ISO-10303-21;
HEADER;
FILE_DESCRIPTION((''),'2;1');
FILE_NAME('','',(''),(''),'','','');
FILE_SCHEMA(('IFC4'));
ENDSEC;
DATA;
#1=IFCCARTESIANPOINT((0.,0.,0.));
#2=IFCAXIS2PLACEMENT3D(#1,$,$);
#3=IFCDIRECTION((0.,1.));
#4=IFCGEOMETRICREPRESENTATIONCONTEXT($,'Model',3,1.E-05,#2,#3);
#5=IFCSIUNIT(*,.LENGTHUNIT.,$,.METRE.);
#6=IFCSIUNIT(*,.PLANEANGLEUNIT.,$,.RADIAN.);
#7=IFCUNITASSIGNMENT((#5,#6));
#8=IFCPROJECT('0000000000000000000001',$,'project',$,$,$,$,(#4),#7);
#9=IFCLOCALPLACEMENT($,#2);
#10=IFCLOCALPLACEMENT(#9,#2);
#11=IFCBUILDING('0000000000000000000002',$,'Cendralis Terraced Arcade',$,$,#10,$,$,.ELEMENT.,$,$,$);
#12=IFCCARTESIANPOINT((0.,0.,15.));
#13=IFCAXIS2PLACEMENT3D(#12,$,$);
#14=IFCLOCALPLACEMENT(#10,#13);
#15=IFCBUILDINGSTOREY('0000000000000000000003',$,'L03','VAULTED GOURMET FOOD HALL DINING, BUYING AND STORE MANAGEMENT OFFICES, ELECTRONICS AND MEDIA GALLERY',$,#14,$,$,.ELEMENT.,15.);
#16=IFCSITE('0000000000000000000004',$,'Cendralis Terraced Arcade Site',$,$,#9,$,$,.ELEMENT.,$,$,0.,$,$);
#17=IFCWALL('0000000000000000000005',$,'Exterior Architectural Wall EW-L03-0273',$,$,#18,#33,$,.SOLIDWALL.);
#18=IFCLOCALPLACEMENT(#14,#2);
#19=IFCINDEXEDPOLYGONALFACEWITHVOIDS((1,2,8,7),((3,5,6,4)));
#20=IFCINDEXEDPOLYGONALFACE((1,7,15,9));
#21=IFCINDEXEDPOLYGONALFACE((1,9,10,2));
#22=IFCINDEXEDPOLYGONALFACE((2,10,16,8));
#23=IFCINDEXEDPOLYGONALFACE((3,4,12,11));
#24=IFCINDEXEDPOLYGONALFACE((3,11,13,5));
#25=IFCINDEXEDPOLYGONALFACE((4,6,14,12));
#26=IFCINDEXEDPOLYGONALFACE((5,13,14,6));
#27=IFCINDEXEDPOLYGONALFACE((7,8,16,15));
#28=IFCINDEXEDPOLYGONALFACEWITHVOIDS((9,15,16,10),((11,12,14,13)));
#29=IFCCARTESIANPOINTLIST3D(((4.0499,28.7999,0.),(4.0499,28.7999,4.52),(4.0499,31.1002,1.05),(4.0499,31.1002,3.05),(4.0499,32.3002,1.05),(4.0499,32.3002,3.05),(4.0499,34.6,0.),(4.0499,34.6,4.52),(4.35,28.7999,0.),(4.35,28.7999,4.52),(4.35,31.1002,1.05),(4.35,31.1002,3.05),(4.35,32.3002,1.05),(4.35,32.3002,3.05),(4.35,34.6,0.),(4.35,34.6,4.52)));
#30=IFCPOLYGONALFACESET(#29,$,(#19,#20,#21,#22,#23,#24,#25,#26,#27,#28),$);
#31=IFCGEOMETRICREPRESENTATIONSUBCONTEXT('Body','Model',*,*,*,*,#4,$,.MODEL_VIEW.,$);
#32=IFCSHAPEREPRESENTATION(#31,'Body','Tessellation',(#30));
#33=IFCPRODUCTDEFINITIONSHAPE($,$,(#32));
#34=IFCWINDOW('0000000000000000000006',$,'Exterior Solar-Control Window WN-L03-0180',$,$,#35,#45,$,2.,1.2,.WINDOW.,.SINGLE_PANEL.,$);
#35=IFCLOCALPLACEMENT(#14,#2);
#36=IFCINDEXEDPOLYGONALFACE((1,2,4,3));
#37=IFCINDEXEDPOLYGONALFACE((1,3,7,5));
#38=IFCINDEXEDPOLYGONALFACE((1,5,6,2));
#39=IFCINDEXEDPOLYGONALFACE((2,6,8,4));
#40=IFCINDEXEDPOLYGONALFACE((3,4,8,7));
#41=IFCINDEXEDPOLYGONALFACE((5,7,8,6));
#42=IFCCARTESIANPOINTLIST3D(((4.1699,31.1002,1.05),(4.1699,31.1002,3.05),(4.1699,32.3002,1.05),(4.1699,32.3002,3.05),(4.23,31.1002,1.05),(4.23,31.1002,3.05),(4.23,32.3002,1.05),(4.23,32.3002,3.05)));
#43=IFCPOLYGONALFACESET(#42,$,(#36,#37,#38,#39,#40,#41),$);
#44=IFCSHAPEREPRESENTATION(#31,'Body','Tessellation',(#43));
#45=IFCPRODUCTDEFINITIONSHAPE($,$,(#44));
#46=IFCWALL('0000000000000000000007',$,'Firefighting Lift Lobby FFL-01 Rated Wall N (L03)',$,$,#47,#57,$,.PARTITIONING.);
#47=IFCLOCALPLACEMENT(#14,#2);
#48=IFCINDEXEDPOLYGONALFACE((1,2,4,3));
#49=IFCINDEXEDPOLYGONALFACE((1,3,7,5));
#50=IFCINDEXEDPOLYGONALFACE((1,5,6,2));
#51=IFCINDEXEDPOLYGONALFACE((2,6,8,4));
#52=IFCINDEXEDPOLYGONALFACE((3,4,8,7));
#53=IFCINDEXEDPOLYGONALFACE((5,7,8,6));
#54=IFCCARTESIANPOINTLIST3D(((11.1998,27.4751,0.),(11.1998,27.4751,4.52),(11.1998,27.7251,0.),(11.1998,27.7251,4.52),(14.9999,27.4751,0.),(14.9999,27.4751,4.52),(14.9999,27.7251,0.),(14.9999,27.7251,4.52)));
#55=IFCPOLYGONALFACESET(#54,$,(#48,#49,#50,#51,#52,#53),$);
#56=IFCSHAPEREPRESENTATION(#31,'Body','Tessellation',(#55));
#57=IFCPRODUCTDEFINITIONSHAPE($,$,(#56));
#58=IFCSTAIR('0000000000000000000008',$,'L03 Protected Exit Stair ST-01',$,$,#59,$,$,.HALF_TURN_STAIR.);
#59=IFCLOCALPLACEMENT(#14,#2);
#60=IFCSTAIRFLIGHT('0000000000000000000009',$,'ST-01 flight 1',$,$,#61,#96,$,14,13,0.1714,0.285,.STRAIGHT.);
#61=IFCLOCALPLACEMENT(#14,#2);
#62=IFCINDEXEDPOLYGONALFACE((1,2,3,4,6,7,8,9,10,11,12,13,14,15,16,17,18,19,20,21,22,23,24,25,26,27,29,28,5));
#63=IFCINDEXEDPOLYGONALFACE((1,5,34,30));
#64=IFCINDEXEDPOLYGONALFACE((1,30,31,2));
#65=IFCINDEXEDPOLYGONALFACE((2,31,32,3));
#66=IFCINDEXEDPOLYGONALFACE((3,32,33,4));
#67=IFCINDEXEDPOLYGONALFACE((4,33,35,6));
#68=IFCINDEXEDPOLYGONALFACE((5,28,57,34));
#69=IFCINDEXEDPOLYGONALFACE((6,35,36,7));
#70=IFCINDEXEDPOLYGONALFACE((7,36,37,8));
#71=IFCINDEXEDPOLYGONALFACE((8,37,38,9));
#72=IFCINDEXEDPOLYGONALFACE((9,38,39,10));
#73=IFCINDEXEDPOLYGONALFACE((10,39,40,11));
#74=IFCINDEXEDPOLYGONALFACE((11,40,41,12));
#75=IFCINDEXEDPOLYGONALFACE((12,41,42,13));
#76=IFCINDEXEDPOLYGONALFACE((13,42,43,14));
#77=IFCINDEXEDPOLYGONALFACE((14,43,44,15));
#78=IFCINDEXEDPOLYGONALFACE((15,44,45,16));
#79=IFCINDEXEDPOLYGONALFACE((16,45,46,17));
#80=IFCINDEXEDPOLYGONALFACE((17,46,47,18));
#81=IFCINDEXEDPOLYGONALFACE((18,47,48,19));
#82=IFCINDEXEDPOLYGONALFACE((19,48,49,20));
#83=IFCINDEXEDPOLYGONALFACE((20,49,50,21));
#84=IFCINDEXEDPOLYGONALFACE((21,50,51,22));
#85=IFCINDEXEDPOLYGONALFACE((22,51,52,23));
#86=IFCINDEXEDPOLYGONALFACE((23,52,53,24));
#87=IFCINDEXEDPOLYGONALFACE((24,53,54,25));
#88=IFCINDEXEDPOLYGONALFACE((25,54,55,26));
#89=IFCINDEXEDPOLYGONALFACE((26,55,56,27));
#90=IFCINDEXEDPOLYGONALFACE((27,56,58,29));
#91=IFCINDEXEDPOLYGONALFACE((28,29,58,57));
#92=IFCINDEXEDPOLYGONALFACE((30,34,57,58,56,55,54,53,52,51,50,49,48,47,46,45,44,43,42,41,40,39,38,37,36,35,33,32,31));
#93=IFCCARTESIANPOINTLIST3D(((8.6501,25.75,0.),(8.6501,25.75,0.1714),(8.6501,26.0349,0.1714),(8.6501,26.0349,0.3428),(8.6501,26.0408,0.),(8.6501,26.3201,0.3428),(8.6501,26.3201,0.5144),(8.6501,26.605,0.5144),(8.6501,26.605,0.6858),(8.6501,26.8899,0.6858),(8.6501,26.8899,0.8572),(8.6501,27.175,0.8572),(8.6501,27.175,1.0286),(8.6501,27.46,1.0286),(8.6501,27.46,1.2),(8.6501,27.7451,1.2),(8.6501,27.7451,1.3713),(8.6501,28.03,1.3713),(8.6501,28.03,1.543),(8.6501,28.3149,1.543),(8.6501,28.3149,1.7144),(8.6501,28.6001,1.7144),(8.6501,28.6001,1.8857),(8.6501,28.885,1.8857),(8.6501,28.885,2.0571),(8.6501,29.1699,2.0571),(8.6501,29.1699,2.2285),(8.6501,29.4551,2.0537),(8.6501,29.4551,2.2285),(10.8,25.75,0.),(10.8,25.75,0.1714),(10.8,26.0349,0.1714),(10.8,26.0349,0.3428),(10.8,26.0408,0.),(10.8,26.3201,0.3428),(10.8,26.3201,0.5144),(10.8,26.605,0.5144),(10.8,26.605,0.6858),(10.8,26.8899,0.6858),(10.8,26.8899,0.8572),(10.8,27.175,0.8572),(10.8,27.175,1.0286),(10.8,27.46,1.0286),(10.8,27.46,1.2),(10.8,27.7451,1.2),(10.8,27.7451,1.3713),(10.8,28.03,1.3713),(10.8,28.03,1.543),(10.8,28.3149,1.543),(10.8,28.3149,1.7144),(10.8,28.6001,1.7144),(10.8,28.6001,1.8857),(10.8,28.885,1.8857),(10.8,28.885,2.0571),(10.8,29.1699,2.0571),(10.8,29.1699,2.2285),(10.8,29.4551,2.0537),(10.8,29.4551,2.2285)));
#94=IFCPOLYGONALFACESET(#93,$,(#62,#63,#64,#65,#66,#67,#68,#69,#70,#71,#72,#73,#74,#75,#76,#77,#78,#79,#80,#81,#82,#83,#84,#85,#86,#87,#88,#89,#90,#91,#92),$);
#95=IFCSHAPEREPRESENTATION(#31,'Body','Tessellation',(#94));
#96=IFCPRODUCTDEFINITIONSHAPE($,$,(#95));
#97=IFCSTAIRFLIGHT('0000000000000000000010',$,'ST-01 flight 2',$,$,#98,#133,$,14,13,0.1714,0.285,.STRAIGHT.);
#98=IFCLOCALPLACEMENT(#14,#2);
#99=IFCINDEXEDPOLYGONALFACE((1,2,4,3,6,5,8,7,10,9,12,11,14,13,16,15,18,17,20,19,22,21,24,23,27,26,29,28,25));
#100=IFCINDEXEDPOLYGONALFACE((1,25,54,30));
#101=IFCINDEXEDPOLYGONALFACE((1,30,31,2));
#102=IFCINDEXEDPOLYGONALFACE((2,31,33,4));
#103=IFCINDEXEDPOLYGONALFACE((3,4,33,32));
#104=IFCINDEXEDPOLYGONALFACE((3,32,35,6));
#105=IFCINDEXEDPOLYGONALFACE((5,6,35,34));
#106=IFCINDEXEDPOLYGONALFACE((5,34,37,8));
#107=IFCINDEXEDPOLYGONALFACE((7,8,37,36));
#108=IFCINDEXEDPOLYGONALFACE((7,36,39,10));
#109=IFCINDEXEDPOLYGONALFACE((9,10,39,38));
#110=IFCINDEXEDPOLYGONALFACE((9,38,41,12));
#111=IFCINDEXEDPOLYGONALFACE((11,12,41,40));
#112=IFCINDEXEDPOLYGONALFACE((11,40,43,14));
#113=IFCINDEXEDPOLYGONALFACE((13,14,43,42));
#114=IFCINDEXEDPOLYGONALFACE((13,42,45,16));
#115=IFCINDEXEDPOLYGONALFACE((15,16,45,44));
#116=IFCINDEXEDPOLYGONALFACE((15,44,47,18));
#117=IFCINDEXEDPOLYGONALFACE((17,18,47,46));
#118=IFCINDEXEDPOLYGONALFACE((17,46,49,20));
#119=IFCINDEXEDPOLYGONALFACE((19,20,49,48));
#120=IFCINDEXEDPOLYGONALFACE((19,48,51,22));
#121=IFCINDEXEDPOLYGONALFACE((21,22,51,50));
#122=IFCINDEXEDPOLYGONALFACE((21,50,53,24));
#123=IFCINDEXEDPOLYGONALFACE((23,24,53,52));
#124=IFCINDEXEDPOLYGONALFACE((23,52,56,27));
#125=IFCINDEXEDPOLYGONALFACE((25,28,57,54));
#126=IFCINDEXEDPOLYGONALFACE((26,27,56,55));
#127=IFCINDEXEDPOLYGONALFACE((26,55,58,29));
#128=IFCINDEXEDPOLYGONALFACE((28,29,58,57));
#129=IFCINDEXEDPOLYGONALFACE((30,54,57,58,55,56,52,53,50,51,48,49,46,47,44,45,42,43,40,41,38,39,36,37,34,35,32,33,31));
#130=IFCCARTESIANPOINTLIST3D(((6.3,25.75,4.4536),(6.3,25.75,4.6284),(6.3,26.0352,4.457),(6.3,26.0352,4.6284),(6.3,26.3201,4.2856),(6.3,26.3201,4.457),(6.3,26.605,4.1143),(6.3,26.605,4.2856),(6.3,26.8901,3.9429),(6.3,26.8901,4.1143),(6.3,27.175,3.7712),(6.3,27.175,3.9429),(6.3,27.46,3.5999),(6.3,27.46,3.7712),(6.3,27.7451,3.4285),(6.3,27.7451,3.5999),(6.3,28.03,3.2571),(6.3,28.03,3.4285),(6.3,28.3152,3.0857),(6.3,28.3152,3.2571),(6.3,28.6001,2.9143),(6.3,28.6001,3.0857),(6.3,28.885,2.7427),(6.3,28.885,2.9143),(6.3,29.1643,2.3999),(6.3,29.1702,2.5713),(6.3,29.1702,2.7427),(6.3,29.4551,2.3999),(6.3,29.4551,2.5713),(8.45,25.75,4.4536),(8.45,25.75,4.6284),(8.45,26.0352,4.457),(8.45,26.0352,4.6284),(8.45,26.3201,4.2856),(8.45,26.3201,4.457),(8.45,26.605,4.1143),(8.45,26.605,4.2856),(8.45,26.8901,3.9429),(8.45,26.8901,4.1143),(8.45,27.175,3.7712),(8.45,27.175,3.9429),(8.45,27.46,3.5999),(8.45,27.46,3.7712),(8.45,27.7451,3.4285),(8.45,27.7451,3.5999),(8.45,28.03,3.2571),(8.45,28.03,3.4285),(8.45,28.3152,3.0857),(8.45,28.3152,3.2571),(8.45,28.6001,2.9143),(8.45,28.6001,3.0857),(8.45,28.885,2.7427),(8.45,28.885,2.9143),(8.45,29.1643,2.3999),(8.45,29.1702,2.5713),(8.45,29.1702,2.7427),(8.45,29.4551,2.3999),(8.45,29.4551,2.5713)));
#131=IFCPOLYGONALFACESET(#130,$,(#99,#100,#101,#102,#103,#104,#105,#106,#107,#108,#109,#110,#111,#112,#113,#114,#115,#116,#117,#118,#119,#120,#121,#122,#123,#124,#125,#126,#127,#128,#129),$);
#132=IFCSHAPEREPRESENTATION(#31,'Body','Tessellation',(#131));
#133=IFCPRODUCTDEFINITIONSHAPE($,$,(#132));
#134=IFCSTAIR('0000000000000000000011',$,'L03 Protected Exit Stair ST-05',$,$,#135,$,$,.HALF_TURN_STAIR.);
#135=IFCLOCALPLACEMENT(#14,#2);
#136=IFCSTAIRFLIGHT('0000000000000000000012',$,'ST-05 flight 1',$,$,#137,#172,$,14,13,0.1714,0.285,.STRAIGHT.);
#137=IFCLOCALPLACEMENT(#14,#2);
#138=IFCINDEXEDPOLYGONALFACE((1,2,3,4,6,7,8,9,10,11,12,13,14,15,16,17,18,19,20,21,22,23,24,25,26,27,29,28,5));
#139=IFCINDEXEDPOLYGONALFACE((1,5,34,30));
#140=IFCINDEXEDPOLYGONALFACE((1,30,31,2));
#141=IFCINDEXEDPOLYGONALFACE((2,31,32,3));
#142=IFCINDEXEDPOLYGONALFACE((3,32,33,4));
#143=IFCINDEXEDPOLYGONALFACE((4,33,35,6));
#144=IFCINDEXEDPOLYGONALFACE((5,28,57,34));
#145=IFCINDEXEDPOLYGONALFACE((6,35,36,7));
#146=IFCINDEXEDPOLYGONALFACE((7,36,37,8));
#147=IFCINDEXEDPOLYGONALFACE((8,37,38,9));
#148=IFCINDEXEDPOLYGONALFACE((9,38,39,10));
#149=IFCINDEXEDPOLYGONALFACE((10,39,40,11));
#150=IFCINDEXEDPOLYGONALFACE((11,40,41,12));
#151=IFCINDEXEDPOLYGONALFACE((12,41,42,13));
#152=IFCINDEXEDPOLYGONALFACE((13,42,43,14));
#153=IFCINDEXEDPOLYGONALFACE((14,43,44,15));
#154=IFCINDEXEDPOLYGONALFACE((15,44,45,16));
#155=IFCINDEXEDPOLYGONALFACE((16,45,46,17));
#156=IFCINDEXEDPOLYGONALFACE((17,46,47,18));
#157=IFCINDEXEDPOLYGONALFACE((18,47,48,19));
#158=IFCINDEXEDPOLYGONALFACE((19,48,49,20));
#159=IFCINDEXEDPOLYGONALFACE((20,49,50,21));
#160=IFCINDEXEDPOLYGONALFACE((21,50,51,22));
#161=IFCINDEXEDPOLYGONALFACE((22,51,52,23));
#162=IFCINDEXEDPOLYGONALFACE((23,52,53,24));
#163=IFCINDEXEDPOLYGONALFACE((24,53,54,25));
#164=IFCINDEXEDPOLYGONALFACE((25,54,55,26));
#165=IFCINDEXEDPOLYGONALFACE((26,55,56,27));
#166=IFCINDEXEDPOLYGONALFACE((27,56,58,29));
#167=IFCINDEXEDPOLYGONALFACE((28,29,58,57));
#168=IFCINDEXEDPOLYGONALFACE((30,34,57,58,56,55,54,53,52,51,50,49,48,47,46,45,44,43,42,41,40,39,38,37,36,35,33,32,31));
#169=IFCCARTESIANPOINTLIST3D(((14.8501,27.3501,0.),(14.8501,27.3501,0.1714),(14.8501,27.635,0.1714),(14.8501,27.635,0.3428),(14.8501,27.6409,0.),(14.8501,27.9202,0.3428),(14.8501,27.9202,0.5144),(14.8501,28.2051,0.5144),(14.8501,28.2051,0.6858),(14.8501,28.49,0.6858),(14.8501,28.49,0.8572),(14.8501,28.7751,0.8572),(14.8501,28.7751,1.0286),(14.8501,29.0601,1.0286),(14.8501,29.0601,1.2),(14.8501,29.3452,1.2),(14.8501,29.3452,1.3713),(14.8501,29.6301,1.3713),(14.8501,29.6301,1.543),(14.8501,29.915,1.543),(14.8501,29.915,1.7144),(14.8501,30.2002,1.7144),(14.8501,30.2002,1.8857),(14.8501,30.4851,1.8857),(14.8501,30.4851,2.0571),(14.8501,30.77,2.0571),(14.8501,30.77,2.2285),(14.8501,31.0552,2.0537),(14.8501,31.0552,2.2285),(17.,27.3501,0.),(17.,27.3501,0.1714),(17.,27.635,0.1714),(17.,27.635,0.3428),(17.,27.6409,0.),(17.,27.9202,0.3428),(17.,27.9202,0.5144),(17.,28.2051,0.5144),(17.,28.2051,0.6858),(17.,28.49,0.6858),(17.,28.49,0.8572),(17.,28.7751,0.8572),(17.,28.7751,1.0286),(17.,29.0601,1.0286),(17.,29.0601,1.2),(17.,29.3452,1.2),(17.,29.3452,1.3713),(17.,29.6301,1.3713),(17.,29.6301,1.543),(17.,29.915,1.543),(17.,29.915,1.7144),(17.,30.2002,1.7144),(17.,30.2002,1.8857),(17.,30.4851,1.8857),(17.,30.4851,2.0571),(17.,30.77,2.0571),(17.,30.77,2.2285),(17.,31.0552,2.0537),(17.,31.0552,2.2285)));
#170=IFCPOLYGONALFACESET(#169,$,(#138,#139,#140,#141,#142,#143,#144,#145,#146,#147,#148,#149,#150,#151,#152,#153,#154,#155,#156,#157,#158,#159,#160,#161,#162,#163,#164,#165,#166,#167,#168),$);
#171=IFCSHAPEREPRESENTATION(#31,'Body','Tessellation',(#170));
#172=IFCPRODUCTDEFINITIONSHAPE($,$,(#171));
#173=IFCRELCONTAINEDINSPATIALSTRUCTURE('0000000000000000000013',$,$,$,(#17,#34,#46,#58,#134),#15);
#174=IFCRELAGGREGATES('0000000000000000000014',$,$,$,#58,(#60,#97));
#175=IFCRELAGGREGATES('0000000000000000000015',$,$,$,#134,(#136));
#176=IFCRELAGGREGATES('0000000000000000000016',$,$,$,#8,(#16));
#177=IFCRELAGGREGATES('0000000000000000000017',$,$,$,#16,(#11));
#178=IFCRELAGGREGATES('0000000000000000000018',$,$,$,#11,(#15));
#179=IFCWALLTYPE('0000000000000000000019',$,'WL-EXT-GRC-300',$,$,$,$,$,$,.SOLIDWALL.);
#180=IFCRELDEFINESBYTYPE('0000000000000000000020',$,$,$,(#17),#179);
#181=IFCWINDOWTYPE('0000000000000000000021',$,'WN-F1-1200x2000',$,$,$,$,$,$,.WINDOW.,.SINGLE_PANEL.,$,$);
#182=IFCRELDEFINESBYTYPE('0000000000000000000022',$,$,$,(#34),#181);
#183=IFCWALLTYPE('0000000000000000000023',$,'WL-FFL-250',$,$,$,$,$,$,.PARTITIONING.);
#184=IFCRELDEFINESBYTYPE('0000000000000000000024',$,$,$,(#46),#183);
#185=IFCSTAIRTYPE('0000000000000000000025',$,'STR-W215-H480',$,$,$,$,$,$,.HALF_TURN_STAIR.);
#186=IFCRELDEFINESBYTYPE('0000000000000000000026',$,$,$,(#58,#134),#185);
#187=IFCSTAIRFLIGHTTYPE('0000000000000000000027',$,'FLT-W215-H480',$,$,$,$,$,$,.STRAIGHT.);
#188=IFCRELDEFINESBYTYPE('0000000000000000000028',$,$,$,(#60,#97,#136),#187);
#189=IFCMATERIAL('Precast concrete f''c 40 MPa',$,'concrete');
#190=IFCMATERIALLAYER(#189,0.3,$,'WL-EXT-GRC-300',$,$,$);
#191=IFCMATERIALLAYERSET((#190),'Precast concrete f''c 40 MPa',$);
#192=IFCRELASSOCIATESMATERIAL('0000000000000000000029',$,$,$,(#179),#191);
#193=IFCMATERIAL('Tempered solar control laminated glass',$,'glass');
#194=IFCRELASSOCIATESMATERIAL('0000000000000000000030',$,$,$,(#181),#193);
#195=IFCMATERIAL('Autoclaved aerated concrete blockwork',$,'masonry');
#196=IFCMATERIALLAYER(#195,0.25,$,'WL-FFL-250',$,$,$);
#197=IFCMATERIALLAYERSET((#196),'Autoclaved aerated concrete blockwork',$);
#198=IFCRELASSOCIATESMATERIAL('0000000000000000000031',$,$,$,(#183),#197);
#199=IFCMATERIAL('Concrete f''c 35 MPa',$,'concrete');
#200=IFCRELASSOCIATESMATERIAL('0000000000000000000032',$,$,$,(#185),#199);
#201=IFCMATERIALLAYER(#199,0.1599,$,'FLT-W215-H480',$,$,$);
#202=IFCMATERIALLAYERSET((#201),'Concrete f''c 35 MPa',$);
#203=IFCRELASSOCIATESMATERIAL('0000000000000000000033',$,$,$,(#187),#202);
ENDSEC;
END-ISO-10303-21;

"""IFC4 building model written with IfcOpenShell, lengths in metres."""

from ifc_helpers import new_model, si_unit, direction, frame, frame_2d, origin, place, context, subcontext, project, spatial, polyline, rectangle, outline, extrude, material, layer, layer_set, type_object, element, fill, aggregate, save


model = new_model("IFC4")

# Units and contexts
model_context = context("Model", 3, precision=1e-05, world=origin(), true_north=direction((0.0, 1.0)))
body_context = subcontext(model_context, "Body", "Model", "MODEL_VIEW")
ifc_project = project(units=[si_unit("LENGTHUNIT", "METRE"), si_unit("PLANEANGLEUNIT", "RADIAN")], contexts=[model_context])

# Site, building, storey
site_placement = place(None, origin())
site = spatial("IfcSite", under=ifc_project, at=site_placement, Name="Cendralis Terraced Arcade Site", CompositionType="ELEMENT", RefElevation=0.0)
building_placement = place(site_placement, origin())
building = spatial("IfcBuilding", under=site, at=building_placement, Name="Cendralis Terraced Arcade", CompositionType="ELEMENT")
storey_placement = place(building_placement, frame((0.0, 0.0, 15.0)))
storey = spatial("IfcBuildingStorey", under=building, at=storey_placement, Name="L03", Description="VAULTED GOURMET FOOD HALL DINING, BUYING AND STORE MANAGEMENT OFFICES, ELECTRONICS AND MEDIA GALLERY", CompositionType="ELEMENT", Elevation=15.0)

# Shared definitions
ifc_material_1 = material(Name="Concrete f'c 35 MPa", Category="concrete")

# Wall, opening, window
ifc_material_2 = material(Name="Precast concrete f'c 40 MPa", Category="concrete")
ifc_layer_1 = layer(ifc_material_2, 0.3, Name="WL-EXT-GRC-300")
ifc_layer_set_1 = layer_set([ifc_layer_1], Name="Precast concrete f'c 40 MPa")
wall_type_1 = type_object("IfcWallType", Name="WL-EXT-GRC-300", PredefinedType="SOLIDWALL", material=ifc_layer_set_1)
wall_1_placement = place(storey_placement, frame((4.2, 28.8, 0.0), z_axis=(0.0, 0.0, 1.0), x_axis=(0.0, 1.0, 0.0)))
wall_1 = element("IfcWall", 1, at=wall_1_placement, inside=storey, type_object=wall_type_1, Name="Exterior Architectural Wall EW-L03-0273", PredefinedType="SOLIDWALL", context=body_context, shape_type="SweptSolid", body=[
    extrude(rectangle(XDim=5.8, YDim=0.3, at=frame_2d((2.8999, 0.0))), origin(), (0.0, 0.0, 1.0), 4.52),
])
opening_1_placement = place(wall_1_placement, frame((2.3, 0.0, 1.05)))
opening_1 = element("IfcOpeningElement", 2, at=opening_1_placement, cuts=wall_1, PredefinedType="OPENING", context=body_context, shape_type="SweptSolid", body=[
    extrude(rectangle(XDim=1.2, YDim=2.0, at=frame_2d((0.6001, 1.0))), frame((0.0, 0.1621, 0.0), z_axis=(0.0, -1.0, 0.0), x_axis=(1.0, 0.0, 0.0)), (0.0, 0.0, 1.0), 0.324),
])
ifc_material_3 = material(Name="Tempered solar control laminated glass", Category="glass")
window_type = type_object("IfcWindowType", Name="WN-F1-1200x2000", PartitioningType="SINGLE_PANEL", PredefinedType="WINDOW", material=ifc_material_3)
window_placement = place(opening_1_placement, origin())
window = element("IfcWindow", 3, at=window_placement, inside=storey, type_object=window_type, Name="Exterior Solar-Control Window WN-L03-0180", OverallHeight=2.0, OverallWidth=1.2, PartitioningType="SINGLE_PANEL", PredefinedType="WINDOW", context=body_context, shape_type="SweptSolid", body=[
    extrude(rectangle(XDim=1.2, YDim=2.0, at=frame_2d((0.6001, 1.0))), frame((0.0, 0.03, 0.0), z_axis=(0.0, -1.0, 0.0), x_axis=(1.0, 0.0, 0.0)), (0.0, 0.0, 1.0), 0.0601),
])
fill(opening_1, window)

# Wall
ifc_material_4 = material(Name="Autoclaved aerated concrete blockwork", Category="masonry")
ifc_layer_2 = layer(ifc_material_4, 0.25, Name="WL-FFL-250")
ifc_layer_set_2 = layer_set([ifc_layer_2], Name="Autoclaved aerated concrete blockwork")
wall_type_2 = type_object("IfcWallType", Name="WL-FFL-250", PredefinedType="PARTITIONING", material=ifc_layer_set_2)
wall_2_placement = place(storey_placement, frame((11.2, 27.6001, 0.0), z_axis=(0.0, 0.0, 1.0), x_axis=(1.0, 0.0, 0.0)))
element("IfcWall", 4, at=wall_2_placement, inside=storey, type_object=wall_type_2, Name="Firefighting Lift Lobby FFL-01 Rated Wall N (L03)", PredefinedType="PARTITIONING", context=body_context, shape_type="SweptSolid", body=[
    extrude(rectangle(XDim=3.8, YDim=0.25, at=frame_2d((1.8999, 0.0))), origin(), (0.0, 0.0, 1.0), 4.52),
])

# Stairs, stair flights
stair_type = type_object("IfcStairType", Name="STR-W215-H480", PredefinedType="HALF_TURN_STAIR", material=ifc_material_1)
stair_1_placement = place(storey_placement, origin())
stair_1 = element("IfcStair", 5, at=stair_1_placement, inside=storey, type_object=stair_type, Name="L03 Protected Exit Stair ST-01", PredefinedType="HALF_TURN_STAIR")
ifc_layer_3 = layer(ifc_material_1, 0.1599, Name="FLT-W215-H480")
ifc_layer_set_3 = layer_set([ifc_layer_3], Name="Concrete f'c 35 MPa")
stair_flight_type = type_object("IfcStairFlightType", Name="FLT-W215-H480", PredefinedType="STRAIGHT", material=ifc_layer_set_3)
stair_flight_1_placement = place(storey_placement, frame((9.7251, 25.75, 0.0), z_axis=(0.0, 0.0, 1.0), x_axis=(0.0, 1.0, 0.0)))
stair_flight_1 = element("IfcStairFlight", 6, at=stair_flight_1_placement, type_object=stair_flight_type, Name="ST-01 flight 1", NumberOfRisers=14, NumberOfTreads=13, PredefinedType="STRAIGHT", RiserHeight=0.1714, TreadLength=0.285, context=body_context, shape_type="SweptSolid", body=[
    extrude(outline(polyline([(0.0, 0.0), (0.0, 0.1714), (0.2849, 0.1714), (0.2849, 0.3428), (0.5701, 0.3428), (0.5701, 0.5144), (0.855, 0.5144), (0.855, 0.6858), (1.1399, 0.6858), (1.1399, 0.8572), (1.425, 0.8572), (1.425, 1.0286), (1.71, 1.0286), (1.71, 1.2), (1.9951, 1.2), (1.9951, 1.3713), (2.28, 1.3713), (2.28, 1.543), (2.5649, 1.543), (2.5649, 1.7144), (2.8501, 1.7144), (2.8501, 1.8857), (3.135, 1.8857), (3.135, 2.0571), (3.4199, 2.0571), (3.4199, 2.2285), (3.7051, 2.2285), (3.7051, 2.3999), (3.7051, 2.0537), (0.2908, 0.0), (0.0, 0.0)])), frame((0.0, 1.075, 0.0), z_axis=(0.0, -1.0, 0.0), x_axis=(1.0, 0.0, 0.0)), (0.0, 0.0, 1.0), 2.1499),
])
stair_flight_2_placement = place(storey_placement, frame((7.375, 29.4551, 2.3999), z_axis=(0.0, 0.0, 1.0), x_axis=(0.0, -1.0, 0.0)))
stair_flight_2 = element("IfcStairFlight", 7, at=stair_flight_2_placement, type_object=stair_flight_type, Name="ST-01 flight 2", NumberOfRisers=14, NumberOfTreads=13, PredefinedType="STRAIGHT", RiserHeight=0.1714, TreadLength=0.285, context=body_context, shape_type="SweptSolid", body=[
    extrude(outline(polyline([(0.0, 0.0), (0.0, 0.1714), (0.2849, 0.1714), (0.2849, 0.3428), (0.5701, 0.3428), (0.5701, 0.5144), (0.855, 0.5144), (0.855, 0.6858), (1.1399, 0.6858), (1.1399, 0.8572), (1.425, 0.8572), (1.425, 1.0286), (1.71, 1.0286), (1.71, 1.2), (1.9951, 1.2), (1.9951, 1.3713), (2.28, 1.3713), (2.28, 1.543), (2.5649, 1.543), (2.5649, 1.7144), (2.8501, 1.7144), (2.8501, 1.8857), (3.135, 1.8857), (3.135, 2.0571), (3.4199, 2.0571), (3.4199, 2.2285), (3.7051, 2.2285), (3.7051, 2.3999), (3.7051, 2.0537), (0.2908, 0.0), (0.0, 0.0)])), frame((0.0, 1.075, 0.0), z_axis=(0.0, -1.0, 0.0), x_axis=(1.0, 0.0, 0.0)), (0.0, 0.0, 1.0), 2.1499),
])
aggregate(stair_1, [stair_flight_1, stair_flight_2])
stair_2_placement = place(storey_placement, origin())
stair_2 = element("IfcStair", 8, at=stair_2_placement, inside=storey, type_object=stair_type, Name="L03 Protected Exit Stair ST-05", PredefinedType="HALF_TURN_STAIR")
stair_flight_3_placement = place(storey_placement, frame((15.925, 27.3501, 0.0), z_axis=(0.0, 0.0, 1.0), x_axis=(0.0, 1.0, 0.0)))
stair_flight_3 = element("IfcStairFlight", 9, at=stair_flight_3_placement, type_object=stair_flight_type, Name="ST-05 flight 1", NumberOfRisers=14, NumberOfTreads=13, PredefinedType="STRAIGHT", RiserHeight=0.1714, TreadLength=0.285, context=body_context, shape_type="SweptSolid", body=[
    extrude(outline(polyline([(0.0, 0.0), (0.0, 0.1714), (0.2849, 0.1714), (0.2849, 0.3428), (0.5701, 0.3428), (0.5701, 0.5144), (0.855, 0.5144), (0.855, 0.6858), (1.1399, 0.6858), (1.1399, 0.8572), (1.425, 0.8572), (1.425, 1.0286), (1.71, 1.0286), (1.71, 1.2), (1.9951, 1.2), (1.9951, 1.3713), (2.28, 1.3713), (2.28, 1.543), (2.5649, 1.543), (2.5649, 1.7144), (2.8501, 1.7144), (2.8501, 1.8857), (3.135, 1.8857), (3.135, 2.0571), (3.4199, 2.0571), (3.4199, 2.2285), (3.7051, 2.2285), (3.7051, 2.3999), (3.7051, 2.0537), (0.2908, 0.0), (0.0, 0.0)])), frame((0.0, 1.075, 0.0), z_axis=(0.0, -1.0, 0.0), x_axis=(1.0, 0.0, 0.0)), (0.0, 0.0, 1.0), 2.1499),
])
aggregate(stair_2, [stair_flight_3])

save(model, "model.ifc")
